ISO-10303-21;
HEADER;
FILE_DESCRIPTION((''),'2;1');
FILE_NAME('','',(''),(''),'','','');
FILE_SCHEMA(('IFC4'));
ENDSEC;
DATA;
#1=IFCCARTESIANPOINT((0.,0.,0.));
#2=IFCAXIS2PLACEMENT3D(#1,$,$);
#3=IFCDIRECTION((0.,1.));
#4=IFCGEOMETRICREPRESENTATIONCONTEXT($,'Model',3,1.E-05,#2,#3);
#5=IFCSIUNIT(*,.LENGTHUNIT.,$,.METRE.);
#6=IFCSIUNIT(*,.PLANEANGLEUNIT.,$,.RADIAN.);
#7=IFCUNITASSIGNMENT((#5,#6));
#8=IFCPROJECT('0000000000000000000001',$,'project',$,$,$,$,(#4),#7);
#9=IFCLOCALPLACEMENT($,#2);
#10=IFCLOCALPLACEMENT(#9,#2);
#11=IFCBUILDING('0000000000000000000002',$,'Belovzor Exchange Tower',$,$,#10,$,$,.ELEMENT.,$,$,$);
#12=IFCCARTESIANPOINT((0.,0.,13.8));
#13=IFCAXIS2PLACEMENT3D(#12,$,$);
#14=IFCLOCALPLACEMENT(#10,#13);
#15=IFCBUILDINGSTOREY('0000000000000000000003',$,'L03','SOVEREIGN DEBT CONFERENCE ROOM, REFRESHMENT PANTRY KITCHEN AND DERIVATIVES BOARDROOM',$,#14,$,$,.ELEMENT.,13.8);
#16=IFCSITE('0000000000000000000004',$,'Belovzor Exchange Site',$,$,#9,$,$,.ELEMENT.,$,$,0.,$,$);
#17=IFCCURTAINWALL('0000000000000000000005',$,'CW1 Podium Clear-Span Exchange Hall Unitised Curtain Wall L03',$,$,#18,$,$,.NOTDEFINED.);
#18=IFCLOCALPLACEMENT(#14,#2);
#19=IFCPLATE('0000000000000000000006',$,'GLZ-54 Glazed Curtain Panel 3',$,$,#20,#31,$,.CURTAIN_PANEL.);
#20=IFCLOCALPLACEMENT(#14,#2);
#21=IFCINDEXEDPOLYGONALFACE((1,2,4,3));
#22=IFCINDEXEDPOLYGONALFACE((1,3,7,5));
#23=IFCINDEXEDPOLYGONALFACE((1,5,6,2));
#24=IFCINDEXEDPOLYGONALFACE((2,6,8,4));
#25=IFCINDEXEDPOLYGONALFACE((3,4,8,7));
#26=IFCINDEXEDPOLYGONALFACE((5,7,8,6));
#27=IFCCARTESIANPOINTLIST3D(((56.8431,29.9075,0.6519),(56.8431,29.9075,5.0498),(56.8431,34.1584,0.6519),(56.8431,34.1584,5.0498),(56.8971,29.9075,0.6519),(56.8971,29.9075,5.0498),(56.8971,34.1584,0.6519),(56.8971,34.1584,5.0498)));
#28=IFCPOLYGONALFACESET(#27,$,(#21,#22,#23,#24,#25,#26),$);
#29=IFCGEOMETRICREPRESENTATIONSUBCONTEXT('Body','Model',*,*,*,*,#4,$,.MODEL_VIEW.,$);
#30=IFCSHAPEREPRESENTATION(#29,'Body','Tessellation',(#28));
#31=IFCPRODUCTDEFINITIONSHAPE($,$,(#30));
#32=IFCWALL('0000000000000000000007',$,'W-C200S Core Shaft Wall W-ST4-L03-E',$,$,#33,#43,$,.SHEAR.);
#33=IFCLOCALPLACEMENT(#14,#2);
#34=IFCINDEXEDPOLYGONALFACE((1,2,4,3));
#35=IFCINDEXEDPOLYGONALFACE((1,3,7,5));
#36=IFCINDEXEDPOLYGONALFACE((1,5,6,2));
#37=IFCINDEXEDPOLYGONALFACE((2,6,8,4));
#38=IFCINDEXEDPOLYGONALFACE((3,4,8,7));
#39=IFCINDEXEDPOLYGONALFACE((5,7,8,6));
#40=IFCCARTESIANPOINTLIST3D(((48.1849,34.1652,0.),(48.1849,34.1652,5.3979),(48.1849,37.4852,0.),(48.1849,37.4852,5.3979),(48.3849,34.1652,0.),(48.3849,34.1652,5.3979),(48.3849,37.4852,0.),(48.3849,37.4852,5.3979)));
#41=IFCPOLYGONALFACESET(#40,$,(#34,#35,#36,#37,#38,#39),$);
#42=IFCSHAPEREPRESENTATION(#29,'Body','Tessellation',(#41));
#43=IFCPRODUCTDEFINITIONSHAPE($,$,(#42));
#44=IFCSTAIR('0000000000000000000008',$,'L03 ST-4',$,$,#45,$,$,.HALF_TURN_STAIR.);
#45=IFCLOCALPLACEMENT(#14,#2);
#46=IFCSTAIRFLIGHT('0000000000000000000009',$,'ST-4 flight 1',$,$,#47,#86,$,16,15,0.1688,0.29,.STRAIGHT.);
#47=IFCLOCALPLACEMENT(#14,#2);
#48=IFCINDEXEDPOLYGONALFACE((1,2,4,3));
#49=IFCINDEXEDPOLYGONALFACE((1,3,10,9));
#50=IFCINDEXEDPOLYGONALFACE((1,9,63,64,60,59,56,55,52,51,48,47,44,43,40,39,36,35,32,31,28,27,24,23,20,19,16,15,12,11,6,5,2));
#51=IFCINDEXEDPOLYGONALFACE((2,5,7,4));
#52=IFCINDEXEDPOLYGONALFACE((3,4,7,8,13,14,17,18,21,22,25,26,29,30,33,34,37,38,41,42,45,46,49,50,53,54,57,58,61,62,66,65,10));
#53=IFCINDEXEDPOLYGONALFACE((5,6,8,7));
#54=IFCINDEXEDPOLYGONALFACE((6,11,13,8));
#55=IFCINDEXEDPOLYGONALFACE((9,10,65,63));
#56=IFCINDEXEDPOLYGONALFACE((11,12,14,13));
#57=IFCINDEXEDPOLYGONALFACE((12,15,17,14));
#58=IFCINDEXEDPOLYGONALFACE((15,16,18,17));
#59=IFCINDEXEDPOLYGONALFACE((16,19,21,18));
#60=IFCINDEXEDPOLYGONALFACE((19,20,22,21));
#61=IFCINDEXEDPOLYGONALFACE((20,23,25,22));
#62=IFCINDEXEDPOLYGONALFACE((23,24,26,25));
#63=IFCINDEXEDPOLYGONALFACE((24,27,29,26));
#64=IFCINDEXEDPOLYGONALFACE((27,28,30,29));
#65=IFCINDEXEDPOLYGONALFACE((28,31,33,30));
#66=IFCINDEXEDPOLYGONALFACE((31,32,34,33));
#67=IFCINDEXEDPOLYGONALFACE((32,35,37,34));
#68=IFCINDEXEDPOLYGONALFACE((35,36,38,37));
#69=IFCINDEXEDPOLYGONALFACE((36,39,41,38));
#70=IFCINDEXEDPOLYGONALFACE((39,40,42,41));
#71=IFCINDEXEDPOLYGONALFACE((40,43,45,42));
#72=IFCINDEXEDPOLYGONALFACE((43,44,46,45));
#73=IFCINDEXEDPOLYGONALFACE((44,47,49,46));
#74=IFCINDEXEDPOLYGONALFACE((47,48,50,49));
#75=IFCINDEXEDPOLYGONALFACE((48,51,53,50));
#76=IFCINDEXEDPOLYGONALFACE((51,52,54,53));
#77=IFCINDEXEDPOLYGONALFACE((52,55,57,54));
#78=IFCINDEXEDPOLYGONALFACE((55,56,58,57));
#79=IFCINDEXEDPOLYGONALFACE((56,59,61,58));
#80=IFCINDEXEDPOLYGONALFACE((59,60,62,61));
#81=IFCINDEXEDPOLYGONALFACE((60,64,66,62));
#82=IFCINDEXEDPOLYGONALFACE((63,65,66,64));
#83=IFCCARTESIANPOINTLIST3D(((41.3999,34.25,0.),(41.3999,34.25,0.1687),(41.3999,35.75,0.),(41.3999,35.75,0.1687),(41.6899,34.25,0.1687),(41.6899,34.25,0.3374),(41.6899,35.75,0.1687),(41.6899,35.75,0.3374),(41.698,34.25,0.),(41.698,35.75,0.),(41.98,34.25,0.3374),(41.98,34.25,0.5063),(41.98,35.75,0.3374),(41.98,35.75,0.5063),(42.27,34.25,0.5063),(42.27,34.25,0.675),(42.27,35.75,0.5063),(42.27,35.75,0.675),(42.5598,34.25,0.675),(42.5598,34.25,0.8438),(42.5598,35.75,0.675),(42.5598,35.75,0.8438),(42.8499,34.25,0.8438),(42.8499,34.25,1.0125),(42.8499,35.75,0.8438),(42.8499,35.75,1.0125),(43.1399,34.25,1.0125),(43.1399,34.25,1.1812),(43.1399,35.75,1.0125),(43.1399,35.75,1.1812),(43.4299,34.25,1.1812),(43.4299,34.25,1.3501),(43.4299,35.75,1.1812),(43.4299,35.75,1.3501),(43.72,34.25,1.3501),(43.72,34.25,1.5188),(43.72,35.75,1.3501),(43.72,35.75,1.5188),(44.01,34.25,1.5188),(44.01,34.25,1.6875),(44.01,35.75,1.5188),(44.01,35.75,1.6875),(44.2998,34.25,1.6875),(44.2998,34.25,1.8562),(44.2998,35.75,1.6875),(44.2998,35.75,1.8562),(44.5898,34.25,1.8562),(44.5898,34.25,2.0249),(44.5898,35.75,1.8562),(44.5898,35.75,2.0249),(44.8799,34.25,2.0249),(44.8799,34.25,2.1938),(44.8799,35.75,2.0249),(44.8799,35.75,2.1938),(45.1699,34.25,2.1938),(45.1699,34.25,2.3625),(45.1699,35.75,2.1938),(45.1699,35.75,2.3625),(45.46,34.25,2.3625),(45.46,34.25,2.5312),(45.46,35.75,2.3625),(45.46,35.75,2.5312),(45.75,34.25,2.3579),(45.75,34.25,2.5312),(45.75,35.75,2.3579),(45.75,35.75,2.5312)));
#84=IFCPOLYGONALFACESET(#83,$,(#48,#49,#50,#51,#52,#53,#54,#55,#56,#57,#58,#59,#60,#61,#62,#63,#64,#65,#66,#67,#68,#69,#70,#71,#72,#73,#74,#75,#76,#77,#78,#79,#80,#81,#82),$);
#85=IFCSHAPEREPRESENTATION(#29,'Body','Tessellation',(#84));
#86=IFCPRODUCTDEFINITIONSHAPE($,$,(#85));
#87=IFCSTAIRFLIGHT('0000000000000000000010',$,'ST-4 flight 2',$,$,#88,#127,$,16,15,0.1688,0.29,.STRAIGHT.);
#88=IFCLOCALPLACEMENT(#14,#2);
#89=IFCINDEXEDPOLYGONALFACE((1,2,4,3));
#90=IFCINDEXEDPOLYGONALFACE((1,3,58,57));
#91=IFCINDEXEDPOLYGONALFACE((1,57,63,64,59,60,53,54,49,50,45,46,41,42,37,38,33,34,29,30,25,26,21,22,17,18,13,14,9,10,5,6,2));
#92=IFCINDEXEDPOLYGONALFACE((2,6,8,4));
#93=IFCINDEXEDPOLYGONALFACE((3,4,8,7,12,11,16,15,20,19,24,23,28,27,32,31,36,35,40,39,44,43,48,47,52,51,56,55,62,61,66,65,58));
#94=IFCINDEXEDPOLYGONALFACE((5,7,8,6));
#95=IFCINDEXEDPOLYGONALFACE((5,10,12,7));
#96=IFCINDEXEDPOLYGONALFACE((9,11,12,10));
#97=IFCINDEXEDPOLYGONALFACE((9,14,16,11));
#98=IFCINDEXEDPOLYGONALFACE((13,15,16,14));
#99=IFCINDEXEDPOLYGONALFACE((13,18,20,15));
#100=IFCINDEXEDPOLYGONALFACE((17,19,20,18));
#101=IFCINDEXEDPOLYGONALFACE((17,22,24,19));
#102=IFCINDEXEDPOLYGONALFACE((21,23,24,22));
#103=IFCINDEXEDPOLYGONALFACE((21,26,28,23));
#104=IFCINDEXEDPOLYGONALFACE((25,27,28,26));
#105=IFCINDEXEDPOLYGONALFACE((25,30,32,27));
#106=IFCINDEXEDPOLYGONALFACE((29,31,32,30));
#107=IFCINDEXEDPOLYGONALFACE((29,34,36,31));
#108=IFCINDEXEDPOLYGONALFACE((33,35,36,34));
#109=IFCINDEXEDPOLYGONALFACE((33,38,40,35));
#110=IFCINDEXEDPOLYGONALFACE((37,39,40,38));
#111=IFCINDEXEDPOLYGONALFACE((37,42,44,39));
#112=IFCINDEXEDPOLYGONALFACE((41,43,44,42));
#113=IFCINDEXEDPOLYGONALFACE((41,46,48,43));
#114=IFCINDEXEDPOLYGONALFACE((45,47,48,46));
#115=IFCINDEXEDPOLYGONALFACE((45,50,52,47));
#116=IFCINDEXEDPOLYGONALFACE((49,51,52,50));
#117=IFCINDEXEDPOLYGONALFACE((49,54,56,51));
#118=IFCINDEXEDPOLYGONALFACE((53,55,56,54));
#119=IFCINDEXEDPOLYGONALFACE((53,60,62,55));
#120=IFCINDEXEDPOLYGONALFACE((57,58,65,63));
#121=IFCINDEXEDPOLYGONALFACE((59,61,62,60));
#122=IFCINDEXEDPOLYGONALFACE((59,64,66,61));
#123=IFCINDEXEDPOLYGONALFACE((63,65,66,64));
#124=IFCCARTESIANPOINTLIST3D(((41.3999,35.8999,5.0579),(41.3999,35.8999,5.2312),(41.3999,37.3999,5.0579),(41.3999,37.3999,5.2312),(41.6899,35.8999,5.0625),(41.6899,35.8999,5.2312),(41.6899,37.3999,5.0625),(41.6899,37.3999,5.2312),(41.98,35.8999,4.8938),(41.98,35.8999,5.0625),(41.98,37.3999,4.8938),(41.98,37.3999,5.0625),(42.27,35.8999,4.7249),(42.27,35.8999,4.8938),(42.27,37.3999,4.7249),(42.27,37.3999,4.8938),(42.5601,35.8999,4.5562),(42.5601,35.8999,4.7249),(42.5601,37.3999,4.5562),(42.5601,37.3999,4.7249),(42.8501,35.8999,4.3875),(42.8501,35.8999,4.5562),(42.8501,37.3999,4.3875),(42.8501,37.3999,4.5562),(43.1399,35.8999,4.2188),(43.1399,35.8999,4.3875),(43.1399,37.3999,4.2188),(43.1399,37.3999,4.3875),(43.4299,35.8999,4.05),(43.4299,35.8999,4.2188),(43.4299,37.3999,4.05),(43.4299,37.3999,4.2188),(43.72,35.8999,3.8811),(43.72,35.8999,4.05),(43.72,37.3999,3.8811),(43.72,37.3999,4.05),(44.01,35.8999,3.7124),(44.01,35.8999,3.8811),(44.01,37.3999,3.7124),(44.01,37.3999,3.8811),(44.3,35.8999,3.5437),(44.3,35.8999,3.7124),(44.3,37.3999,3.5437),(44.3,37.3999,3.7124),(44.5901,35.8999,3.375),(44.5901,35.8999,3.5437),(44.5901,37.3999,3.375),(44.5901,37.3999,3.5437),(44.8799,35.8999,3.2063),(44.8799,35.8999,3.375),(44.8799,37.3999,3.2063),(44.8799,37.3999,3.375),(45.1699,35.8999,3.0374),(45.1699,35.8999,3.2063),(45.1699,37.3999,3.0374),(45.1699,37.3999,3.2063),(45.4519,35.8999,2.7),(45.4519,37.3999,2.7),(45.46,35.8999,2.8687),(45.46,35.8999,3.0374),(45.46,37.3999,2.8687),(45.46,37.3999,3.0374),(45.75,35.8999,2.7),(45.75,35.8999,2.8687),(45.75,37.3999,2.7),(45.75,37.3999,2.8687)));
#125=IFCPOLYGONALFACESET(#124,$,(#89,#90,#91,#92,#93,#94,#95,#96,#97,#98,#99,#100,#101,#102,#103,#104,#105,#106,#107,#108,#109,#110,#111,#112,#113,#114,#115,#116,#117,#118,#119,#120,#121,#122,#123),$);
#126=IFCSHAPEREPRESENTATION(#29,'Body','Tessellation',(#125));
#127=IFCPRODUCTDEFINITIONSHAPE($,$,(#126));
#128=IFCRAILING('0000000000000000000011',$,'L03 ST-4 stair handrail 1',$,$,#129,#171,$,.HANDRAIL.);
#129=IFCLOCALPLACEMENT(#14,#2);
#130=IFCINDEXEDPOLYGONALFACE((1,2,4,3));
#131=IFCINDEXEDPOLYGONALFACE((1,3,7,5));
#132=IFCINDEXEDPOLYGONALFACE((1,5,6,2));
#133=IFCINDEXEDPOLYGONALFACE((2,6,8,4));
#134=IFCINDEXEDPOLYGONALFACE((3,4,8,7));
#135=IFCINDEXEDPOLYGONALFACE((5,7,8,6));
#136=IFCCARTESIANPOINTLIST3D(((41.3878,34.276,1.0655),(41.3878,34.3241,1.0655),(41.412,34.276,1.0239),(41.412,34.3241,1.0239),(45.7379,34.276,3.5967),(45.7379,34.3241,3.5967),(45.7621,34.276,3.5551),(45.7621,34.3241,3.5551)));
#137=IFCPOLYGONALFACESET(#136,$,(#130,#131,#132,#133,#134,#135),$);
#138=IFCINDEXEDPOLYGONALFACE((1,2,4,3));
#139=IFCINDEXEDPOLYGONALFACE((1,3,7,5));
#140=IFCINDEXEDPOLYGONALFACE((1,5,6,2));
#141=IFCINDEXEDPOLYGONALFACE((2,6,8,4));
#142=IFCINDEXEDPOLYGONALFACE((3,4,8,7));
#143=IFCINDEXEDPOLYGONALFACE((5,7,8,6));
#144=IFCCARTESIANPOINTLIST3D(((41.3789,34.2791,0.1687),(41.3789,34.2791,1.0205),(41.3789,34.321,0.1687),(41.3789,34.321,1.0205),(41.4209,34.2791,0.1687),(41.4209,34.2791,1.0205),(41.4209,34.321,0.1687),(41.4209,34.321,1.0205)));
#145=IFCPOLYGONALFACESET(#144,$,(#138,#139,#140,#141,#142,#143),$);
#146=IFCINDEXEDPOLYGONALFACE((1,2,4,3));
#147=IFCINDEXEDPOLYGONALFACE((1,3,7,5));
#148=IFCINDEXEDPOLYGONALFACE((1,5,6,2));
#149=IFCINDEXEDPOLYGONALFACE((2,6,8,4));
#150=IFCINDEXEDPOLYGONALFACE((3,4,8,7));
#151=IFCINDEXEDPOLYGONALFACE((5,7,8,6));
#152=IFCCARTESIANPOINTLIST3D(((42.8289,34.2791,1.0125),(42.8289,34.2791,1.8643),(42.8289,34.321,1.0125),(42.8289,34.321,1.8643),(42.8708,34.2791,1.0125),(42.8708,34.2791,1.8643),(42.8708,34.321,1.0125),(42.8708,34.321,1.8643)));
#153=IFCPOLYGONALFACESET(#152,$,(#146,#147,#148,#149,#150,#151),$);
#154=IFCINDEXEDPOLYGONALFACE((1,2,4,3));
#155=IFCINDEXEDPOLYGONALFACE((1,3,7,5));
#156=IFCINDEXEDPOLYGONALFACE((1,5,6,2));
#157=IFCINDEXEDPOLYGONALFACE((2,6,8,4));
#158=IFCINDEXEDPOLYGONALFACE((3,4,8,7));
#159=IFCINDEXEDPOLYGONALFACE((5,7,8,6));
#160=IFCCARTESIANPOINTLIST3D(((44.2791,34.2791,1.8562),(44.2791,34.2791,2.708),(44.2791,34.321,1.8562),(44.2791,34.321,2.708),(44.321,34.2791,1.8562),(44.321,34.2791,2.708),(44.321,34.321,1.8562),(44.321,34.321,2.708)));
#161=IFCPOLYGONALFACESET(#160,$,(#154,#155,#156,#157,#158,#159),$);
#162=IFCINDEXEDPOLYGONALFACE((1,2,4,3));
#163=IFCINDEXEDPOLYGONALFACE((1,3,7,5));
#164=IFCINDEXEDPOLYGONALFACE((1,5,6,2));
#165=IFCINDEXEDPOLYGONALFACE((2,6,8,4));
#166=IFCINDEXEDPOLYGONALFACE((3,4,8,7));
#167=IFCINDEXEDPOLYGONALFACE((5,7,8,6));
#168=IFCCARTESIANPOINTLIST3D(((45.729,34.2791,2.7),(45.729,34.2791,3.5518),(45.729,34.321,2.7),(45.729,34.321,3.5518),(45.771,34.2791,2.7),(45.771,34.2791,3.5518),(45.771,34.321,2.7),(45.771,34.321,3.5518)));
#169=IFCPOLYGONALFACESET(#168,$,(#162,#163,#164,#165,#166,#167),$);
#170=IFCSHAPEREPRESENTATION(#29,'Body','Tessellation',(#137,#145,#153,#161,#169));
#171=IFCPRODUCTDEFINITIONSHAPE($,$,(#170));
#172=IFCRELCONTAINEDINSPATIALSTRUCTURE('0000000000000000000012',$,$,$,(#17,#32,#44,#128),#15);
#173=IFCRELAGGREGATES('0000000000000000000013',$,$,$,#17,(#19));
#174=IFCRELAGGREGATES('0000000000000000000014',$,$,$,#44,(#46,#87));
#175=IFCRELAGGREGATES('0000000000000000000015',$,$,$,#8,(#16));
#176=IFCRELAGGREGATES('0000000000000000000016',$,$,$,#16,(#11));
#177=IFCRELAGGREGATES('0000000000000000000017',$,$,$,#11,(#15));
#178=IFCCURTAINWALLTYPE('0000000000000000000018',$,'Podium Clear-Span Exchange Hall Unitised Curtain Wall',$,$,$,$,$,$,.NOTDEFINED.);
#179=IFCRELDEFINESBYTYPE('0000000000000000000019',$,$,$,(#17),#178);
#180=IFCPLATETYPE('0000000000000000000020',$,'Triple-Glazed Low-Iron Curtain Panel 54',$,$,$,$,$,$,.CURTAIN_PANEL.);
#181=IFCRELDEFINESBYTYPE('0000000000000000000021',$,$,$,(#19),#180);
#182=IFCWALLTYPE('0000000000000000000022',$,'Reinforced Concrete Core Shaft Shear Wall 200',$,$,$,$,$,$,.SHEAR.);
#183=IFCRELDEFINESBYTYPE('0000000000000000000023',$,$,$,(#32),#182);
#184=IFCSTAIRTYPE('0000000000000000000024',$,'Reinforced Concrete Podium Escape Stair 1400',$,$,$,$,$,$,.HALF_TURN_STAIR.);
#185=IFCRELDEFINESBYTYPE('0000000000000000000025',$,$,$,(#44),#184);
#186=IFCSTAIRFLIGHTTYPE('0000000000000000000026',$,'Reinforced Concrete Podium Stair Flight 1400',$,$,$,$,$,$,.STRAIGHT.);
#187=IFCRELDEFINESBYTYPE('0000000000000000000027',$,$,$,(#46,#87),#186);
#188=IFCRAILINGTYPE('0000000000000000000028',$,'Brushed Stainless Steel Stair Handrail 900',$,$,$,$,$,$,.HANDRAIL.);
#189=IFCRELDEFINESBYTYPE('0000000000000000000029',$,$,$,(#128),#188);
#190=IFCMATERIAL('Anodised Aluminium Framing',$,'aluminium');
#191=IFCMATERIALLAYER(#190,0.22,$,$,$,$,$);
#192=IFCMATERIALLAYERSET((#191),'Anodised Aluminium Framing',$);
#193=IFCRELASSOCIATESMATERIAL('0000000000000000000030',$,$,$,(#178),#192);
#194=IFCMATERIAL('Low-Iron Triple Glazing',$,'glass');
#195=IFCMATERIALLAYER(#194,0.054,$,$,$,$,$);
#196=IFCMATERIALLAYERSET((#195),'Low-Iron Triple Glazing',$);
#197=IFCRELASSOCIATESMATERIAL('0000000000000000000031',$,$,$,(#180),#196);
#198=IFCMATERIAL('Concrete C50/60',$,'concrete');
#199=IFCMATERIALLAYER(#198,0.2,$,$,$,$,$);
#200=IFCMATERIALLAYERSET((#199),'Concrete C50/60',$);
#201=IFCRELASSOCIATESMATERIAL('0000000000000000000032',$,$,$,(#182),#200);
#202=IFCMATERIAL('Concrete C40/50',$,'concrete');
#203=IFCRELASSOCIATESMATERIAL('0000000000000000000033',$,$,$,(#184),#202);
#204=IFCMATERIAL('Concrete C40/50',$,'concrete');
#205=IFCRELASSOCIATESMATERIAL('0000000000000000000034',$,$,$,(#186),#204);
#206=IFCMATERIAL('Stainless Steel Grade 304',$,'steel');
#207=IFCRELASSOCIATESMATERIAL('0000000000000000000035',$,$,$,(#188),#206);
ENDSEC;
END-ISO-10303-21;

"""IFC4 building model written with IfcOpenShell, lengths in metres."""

from ifc_helpers import new_model, si_unit, direction, frame, frame_2d, origin, origin_2d, place, context, subcontext, project, spatial, polyline, rectangle, outline, extrude, material, layer, layer_set, type_object, element, aggregate, save


model = new_model("IFC4")

# Units and contexts
model_context = context("Model", 3, precision=1e-05, world=origin(), true_north=direction((0.0, 1.0)))
body_context = subcontext(model_context, "Body", "Model", "MODEL_VIEW")
ifc_project = project(units=[si_unit("LENGTHUNIT", "METRE"), si_unit("PLANEANGLEUNIT", "RADIAN")], contexts=[model_context])

# Site, building, storey
site_placement = place(None, origin())
site = spatial("IfcSite", under=ifc_project, at=site_placement, Name="Belovzor Exchange Site", CompositionType="ELEMENT", RefElevation=0.0)
building_placement = place(site_placement, origin())
building = spatial("IfcBuilding", under=site, at=building_placement, Name="Belovzor Exchange Tower", CompositionType="ELEMENT")
storey_placement = place(building_placement, frame((0.0, 0.0, 13.8)))
storey = spatial("IfcBuildingStorey", under=building, at=storey_placement, Name="L03", Description="SOVEREIGN DEBT CONFERENCE ROOM, REFRESHMENT PANTRY KITCHEN AND DERIVATIVES BOARDROOM", CompositionType="ELEMENT", Elevation=13.8)

# Curtain wall
ifc_material_1 = material(Name="Anodised Aluminium Framing", Category="aluminium")
ifc_layer_1 = layer(ifc_material_1, 0.22)
ifc_layer_set_1 = layer_set([ifc_layer_1], Name="Anodised Aluminium Framing")
curtain_wall_type = type_object("IfcCurtainWallType", Name="Podium Clear-Span Exchange Hall Unitised Curtain Wall", PredefinedType="NOTDEFINED", material=ifc_layer_set_1)
curtain_wall_placement = place(storey_placement, origin())
curtain_wall = element("IfcCurtainWall", 1, at=curtain_wall_placement, inside=storey, type_object=curtain_wall_type, Name="CW1 Podium Clear-Span Exchange Hall Unitised Curtain Wall L03", PredefinedType="NOTDEFINED")

# Plate
ifc_material_2 = material(Name="Low-Iron Triple Glazing", Category="glass")
ifc_layer_2 = layer(ifc_material_2, 0.054)
ifc_layer_set_2 = layer_set([ifc_layer_2], Name="Low-Iron Triple Glazing")
plate_type_1 = type_object("IfcPlateType", Name="Triple-Glazed Low-Iron Curtain Panel 54", PredefinedType="CURTAIN_PANEL", material=ifc_layer_set_2)
plate_1_placement = place(storey_placement, frame((56.8701, 32.033, 0.6519), z_axis=(0.0, 0.0, 1.0), x_axis=(0.0, -1.0, 0.0)))
plate_1 = element("IfcPlate", 2, at=plate_1_placement, type_object=plate_type_1, Name="GLZ-54 Glazed Curtain Panel 3", PredefinedType="CURTAIN_PANEL", context=body_context, shape_type="SweptSolid", body=[
    extrude(rectangle(XDim=4.251, YDim=0.054, at=origin_2d()), origin(), (0.0, 0.0, 1.0), 4.3979),
])
aggregate(curtain_wall, [plate_1])

# Wall
ifc_material_3 = material(Name="Concrete C50/60", Category="concrete")
ifc_layer_3 = layer(ifc_material_3, 0.2)
ifc_layer_set_3 = layer_set([ifc_layer_3], Name="Concrete C50/60")
wall_type = type_object("IfcWallType", Name="Reinforced Concrete Core Shaft Shear Wall 200", PredefinedType="SHEAR", material=ifc_layer_set_3)
wall_placement = place(storey_placement, frame((48.2849, 34.165, 0.0), z_axis=(0.0, 0.0, 1.0), x_axis=(0.0, 1.0, 0.0)))
element("IfcWall", 3, at=wall_placement, inside=storey, type_object=wall_type, Name="W-C200S Core Shaft Wall W-ST4-L03-E", PredefinedType="SHEAR", context=body_context, shape_type="SweptSolid", body=[
    extrude(rectangle(XDim=3.3201, YDim=0.2, at=frame_2d((1.6602, 0.0))), origin(), (0.0, 0.0, 1.0), 5.3979),
])

# Stair, stair flights
ifc_material_4 = material(Name="Concrete C40/50", Category="concrete")
stair_type = type_object("IfcStairType", Name="Reinforced Concrete Podium Escape Stair 1400", PredefinedType="HALF_TURN_STAIR", material=ifc_material_4)
stair_placement = place(storey_placement, origin())
stair = element("IfcStair", 4, at=stair_placement, inside=storey, type_object=stair_type, Name="L03 ST-4", PredefinedType="HALF_TURN_STAIR")
ifc_material_5 = material(Name="Concrete C40/50", Category="concrete")
stair_flight_type = type_object("IfcStairFlightType", Name="Reinforced Concrete Podium Stair Flight 1400", PredefinedType="STRAIGHT", material=ifc_material_5)
stair_flight_1_placement = place(storey_placement, frame((41.3999, 35.0, 0.0), z_axis=(0.0, 0.0, 1.0), x_axis=(1.0, 0.0, 0.0)))
stair_flight_1 = element("IfcStairFlight", 5, at=stair_flight_1_placement, type_object=stair_flight_type, Name="ST-4 flight 1", NumberOfRisers=16, NumberOfTreads=15, PredefinedType="STRAIGHT", RiserHeight=0.1688, TreadLength=0.29, context=body_context, shape_type="SweptSolid", body=[
    extrude(outline(polyline([(0.0, 0.0), (0.0, 0.1687), (0.29, 0.1687), (0.29, 0.3374), (0.5801, 0.3374), (0.5801, 0.5063), (0.8701, 0.5063), (0.8701, 0.675), (1.1599, 0.675), (1.1599, 0.8438), (1.45, 0.8438), (1.45, 1.0125), (1.74, 1.0125), (1.74, 1.1812), (2.03, 1.1812), (2.03, 1.3501), (2.3201, 1.3501), (2.3201, 1.5188), (2.6101, 1.5188), (2.6101, 1.6875), (2.8999, 1.6875), (2.8999, 1.8562), (3.1899, 1.8562), (3.1899, 2.0249), (3.48, 2.0249), (3.48, 2.1938), (3.77, 2.1938), (3.77, 2.3625), (4.0601, 2.3625), (4.0601, 2.5312), (4.3501, 2.5312), (4.3501, 2.7), (4.3501, 2.3579), (0.2981, 0.0), (0.0, 0.0)])), frame((0.0, 0.75, 0.0), z_axis=(0.0, -1.0, 0.0), x_axis=(1.0, 0.0, 0.0)), (0.0, 0.0, 1.0), 1.5),
])
stair_flight_2_placement = place(storey_placement, frame((45.75, 36.6499, 2.7), z_axis=(0.0, 0.0, 1.0), x_axis=(-1.0, 0.0, 0.0)))
stair_flight_2 = element("IfcStairFlight", 6, at=stair_flight_2_placement, type_object=stair_flight_type, Name="ST-4 flight 2", NumberOfRisers=16, NumberOfTreads=15, PredefinedType="STRAIGHT", RiserHeight=0.1688, TreadLength=0.29, context=body_context, shape_type="SweptSolid", body=[
    extrude(outline(polyline([(0.0, 0.0), (0.0, 0.1687), (0.29, 0.1687), (0.29, 0.3374), (0.5801, 0.3374), (0.5801, 0.5063), (0.8701, 0.5063), (0.8701, 0.675), (1.1599, 0.675), (1.1599, 0.8438), (1.45, 0.8438), (1.45, 1.0125), (1.74, 1.0125), (1.74, 1.1812), (2.03, 1.1812), (2.03, 1.3501), (2.3201, 1.3501), (2.3201, 1.5188), (2.6101, 1.5188), (2.6101, 1.6875), (2.8999, 1.6875), (2.8999, 1.8562), (3.1899, 1.8562), (3.1899, 2.0249), (3.48, 2.0249), (3.48, 2.1938), (3.77, 2.1938), (3.77, 2.3625), (4.0601, 2.3625), (4.0601, 2.5312), (4.3501, 2.5312), (4.3501, 2.7), (4.3501, 2.3579), (0.2981, 0.0), (0.0, 0.0)])), frame((0.0, 0.75, 0.0), z_axis=(0.0, -1.0, 0.0), x_axis=(1.0, 0.0, 0.0)), (0.0, 0.0, 1.0), 1.5),
])
aggregate(stair, [stair_flight_1, stair_flight_2])

# Railing
ifc_material_6 = material(Name="Stainless Steel Grade 304", Category="steel")
railing_type_1 = type_object("IfcRailingType", Name="Brushed Stainless Steel Stair Handrail 900", PredefinedType="HANDRAIL", material=ifc_material_6)
railing_1_placement = place(storey_placement, frame((41.3999, 34.3, 0.1687)))
element("IfcRailing", 7, at=railing_1_placement, inside=storey, type_object=railing_type_1, Name="L03 ST-4 stair handrail 1", PredefinedType="HANDRAIL", context=body_context, shape_type="SweptSolid", body=[
    extrude(rectangle(XDim=0.0481, YDim=0.0481, at=origin_2d()), frame((0.0, 0.0, 0.876), z_axis=(0.864324, 0.0, 0.502936), x_axis=(0.0, 1.0, 0.0)), (0.0, 0.0, 1.0), 5.033),
    extrude(rectangle(XDim=0.042, YDim=0.042, at=origin_2d()), origin(), (0.0, 0.0, 1.0), 0.8518),
    extrude(rectangle(XDim=0.042, YDim=0.042, at=origin_2d()), frame((1.45, 0.0, 0.8438)), (0.0, 0.0, 1.0), 0.8518),
    extrude(rectangle(XDim=0.042, YDim=0.042, at=origin_2d()), frame((2.9001, 0.0, 1.6875)), (0.0, 0.0, 1.0), 0.8518),
    extrude(rectangle(XDim=0.042, YDim=0.042, at=origin_2d()), frame((4.3501, 0.0, 2.5312)), (0.0, 0.0, 1.0), 0.8518),
])

save(model, "model.ifc")
